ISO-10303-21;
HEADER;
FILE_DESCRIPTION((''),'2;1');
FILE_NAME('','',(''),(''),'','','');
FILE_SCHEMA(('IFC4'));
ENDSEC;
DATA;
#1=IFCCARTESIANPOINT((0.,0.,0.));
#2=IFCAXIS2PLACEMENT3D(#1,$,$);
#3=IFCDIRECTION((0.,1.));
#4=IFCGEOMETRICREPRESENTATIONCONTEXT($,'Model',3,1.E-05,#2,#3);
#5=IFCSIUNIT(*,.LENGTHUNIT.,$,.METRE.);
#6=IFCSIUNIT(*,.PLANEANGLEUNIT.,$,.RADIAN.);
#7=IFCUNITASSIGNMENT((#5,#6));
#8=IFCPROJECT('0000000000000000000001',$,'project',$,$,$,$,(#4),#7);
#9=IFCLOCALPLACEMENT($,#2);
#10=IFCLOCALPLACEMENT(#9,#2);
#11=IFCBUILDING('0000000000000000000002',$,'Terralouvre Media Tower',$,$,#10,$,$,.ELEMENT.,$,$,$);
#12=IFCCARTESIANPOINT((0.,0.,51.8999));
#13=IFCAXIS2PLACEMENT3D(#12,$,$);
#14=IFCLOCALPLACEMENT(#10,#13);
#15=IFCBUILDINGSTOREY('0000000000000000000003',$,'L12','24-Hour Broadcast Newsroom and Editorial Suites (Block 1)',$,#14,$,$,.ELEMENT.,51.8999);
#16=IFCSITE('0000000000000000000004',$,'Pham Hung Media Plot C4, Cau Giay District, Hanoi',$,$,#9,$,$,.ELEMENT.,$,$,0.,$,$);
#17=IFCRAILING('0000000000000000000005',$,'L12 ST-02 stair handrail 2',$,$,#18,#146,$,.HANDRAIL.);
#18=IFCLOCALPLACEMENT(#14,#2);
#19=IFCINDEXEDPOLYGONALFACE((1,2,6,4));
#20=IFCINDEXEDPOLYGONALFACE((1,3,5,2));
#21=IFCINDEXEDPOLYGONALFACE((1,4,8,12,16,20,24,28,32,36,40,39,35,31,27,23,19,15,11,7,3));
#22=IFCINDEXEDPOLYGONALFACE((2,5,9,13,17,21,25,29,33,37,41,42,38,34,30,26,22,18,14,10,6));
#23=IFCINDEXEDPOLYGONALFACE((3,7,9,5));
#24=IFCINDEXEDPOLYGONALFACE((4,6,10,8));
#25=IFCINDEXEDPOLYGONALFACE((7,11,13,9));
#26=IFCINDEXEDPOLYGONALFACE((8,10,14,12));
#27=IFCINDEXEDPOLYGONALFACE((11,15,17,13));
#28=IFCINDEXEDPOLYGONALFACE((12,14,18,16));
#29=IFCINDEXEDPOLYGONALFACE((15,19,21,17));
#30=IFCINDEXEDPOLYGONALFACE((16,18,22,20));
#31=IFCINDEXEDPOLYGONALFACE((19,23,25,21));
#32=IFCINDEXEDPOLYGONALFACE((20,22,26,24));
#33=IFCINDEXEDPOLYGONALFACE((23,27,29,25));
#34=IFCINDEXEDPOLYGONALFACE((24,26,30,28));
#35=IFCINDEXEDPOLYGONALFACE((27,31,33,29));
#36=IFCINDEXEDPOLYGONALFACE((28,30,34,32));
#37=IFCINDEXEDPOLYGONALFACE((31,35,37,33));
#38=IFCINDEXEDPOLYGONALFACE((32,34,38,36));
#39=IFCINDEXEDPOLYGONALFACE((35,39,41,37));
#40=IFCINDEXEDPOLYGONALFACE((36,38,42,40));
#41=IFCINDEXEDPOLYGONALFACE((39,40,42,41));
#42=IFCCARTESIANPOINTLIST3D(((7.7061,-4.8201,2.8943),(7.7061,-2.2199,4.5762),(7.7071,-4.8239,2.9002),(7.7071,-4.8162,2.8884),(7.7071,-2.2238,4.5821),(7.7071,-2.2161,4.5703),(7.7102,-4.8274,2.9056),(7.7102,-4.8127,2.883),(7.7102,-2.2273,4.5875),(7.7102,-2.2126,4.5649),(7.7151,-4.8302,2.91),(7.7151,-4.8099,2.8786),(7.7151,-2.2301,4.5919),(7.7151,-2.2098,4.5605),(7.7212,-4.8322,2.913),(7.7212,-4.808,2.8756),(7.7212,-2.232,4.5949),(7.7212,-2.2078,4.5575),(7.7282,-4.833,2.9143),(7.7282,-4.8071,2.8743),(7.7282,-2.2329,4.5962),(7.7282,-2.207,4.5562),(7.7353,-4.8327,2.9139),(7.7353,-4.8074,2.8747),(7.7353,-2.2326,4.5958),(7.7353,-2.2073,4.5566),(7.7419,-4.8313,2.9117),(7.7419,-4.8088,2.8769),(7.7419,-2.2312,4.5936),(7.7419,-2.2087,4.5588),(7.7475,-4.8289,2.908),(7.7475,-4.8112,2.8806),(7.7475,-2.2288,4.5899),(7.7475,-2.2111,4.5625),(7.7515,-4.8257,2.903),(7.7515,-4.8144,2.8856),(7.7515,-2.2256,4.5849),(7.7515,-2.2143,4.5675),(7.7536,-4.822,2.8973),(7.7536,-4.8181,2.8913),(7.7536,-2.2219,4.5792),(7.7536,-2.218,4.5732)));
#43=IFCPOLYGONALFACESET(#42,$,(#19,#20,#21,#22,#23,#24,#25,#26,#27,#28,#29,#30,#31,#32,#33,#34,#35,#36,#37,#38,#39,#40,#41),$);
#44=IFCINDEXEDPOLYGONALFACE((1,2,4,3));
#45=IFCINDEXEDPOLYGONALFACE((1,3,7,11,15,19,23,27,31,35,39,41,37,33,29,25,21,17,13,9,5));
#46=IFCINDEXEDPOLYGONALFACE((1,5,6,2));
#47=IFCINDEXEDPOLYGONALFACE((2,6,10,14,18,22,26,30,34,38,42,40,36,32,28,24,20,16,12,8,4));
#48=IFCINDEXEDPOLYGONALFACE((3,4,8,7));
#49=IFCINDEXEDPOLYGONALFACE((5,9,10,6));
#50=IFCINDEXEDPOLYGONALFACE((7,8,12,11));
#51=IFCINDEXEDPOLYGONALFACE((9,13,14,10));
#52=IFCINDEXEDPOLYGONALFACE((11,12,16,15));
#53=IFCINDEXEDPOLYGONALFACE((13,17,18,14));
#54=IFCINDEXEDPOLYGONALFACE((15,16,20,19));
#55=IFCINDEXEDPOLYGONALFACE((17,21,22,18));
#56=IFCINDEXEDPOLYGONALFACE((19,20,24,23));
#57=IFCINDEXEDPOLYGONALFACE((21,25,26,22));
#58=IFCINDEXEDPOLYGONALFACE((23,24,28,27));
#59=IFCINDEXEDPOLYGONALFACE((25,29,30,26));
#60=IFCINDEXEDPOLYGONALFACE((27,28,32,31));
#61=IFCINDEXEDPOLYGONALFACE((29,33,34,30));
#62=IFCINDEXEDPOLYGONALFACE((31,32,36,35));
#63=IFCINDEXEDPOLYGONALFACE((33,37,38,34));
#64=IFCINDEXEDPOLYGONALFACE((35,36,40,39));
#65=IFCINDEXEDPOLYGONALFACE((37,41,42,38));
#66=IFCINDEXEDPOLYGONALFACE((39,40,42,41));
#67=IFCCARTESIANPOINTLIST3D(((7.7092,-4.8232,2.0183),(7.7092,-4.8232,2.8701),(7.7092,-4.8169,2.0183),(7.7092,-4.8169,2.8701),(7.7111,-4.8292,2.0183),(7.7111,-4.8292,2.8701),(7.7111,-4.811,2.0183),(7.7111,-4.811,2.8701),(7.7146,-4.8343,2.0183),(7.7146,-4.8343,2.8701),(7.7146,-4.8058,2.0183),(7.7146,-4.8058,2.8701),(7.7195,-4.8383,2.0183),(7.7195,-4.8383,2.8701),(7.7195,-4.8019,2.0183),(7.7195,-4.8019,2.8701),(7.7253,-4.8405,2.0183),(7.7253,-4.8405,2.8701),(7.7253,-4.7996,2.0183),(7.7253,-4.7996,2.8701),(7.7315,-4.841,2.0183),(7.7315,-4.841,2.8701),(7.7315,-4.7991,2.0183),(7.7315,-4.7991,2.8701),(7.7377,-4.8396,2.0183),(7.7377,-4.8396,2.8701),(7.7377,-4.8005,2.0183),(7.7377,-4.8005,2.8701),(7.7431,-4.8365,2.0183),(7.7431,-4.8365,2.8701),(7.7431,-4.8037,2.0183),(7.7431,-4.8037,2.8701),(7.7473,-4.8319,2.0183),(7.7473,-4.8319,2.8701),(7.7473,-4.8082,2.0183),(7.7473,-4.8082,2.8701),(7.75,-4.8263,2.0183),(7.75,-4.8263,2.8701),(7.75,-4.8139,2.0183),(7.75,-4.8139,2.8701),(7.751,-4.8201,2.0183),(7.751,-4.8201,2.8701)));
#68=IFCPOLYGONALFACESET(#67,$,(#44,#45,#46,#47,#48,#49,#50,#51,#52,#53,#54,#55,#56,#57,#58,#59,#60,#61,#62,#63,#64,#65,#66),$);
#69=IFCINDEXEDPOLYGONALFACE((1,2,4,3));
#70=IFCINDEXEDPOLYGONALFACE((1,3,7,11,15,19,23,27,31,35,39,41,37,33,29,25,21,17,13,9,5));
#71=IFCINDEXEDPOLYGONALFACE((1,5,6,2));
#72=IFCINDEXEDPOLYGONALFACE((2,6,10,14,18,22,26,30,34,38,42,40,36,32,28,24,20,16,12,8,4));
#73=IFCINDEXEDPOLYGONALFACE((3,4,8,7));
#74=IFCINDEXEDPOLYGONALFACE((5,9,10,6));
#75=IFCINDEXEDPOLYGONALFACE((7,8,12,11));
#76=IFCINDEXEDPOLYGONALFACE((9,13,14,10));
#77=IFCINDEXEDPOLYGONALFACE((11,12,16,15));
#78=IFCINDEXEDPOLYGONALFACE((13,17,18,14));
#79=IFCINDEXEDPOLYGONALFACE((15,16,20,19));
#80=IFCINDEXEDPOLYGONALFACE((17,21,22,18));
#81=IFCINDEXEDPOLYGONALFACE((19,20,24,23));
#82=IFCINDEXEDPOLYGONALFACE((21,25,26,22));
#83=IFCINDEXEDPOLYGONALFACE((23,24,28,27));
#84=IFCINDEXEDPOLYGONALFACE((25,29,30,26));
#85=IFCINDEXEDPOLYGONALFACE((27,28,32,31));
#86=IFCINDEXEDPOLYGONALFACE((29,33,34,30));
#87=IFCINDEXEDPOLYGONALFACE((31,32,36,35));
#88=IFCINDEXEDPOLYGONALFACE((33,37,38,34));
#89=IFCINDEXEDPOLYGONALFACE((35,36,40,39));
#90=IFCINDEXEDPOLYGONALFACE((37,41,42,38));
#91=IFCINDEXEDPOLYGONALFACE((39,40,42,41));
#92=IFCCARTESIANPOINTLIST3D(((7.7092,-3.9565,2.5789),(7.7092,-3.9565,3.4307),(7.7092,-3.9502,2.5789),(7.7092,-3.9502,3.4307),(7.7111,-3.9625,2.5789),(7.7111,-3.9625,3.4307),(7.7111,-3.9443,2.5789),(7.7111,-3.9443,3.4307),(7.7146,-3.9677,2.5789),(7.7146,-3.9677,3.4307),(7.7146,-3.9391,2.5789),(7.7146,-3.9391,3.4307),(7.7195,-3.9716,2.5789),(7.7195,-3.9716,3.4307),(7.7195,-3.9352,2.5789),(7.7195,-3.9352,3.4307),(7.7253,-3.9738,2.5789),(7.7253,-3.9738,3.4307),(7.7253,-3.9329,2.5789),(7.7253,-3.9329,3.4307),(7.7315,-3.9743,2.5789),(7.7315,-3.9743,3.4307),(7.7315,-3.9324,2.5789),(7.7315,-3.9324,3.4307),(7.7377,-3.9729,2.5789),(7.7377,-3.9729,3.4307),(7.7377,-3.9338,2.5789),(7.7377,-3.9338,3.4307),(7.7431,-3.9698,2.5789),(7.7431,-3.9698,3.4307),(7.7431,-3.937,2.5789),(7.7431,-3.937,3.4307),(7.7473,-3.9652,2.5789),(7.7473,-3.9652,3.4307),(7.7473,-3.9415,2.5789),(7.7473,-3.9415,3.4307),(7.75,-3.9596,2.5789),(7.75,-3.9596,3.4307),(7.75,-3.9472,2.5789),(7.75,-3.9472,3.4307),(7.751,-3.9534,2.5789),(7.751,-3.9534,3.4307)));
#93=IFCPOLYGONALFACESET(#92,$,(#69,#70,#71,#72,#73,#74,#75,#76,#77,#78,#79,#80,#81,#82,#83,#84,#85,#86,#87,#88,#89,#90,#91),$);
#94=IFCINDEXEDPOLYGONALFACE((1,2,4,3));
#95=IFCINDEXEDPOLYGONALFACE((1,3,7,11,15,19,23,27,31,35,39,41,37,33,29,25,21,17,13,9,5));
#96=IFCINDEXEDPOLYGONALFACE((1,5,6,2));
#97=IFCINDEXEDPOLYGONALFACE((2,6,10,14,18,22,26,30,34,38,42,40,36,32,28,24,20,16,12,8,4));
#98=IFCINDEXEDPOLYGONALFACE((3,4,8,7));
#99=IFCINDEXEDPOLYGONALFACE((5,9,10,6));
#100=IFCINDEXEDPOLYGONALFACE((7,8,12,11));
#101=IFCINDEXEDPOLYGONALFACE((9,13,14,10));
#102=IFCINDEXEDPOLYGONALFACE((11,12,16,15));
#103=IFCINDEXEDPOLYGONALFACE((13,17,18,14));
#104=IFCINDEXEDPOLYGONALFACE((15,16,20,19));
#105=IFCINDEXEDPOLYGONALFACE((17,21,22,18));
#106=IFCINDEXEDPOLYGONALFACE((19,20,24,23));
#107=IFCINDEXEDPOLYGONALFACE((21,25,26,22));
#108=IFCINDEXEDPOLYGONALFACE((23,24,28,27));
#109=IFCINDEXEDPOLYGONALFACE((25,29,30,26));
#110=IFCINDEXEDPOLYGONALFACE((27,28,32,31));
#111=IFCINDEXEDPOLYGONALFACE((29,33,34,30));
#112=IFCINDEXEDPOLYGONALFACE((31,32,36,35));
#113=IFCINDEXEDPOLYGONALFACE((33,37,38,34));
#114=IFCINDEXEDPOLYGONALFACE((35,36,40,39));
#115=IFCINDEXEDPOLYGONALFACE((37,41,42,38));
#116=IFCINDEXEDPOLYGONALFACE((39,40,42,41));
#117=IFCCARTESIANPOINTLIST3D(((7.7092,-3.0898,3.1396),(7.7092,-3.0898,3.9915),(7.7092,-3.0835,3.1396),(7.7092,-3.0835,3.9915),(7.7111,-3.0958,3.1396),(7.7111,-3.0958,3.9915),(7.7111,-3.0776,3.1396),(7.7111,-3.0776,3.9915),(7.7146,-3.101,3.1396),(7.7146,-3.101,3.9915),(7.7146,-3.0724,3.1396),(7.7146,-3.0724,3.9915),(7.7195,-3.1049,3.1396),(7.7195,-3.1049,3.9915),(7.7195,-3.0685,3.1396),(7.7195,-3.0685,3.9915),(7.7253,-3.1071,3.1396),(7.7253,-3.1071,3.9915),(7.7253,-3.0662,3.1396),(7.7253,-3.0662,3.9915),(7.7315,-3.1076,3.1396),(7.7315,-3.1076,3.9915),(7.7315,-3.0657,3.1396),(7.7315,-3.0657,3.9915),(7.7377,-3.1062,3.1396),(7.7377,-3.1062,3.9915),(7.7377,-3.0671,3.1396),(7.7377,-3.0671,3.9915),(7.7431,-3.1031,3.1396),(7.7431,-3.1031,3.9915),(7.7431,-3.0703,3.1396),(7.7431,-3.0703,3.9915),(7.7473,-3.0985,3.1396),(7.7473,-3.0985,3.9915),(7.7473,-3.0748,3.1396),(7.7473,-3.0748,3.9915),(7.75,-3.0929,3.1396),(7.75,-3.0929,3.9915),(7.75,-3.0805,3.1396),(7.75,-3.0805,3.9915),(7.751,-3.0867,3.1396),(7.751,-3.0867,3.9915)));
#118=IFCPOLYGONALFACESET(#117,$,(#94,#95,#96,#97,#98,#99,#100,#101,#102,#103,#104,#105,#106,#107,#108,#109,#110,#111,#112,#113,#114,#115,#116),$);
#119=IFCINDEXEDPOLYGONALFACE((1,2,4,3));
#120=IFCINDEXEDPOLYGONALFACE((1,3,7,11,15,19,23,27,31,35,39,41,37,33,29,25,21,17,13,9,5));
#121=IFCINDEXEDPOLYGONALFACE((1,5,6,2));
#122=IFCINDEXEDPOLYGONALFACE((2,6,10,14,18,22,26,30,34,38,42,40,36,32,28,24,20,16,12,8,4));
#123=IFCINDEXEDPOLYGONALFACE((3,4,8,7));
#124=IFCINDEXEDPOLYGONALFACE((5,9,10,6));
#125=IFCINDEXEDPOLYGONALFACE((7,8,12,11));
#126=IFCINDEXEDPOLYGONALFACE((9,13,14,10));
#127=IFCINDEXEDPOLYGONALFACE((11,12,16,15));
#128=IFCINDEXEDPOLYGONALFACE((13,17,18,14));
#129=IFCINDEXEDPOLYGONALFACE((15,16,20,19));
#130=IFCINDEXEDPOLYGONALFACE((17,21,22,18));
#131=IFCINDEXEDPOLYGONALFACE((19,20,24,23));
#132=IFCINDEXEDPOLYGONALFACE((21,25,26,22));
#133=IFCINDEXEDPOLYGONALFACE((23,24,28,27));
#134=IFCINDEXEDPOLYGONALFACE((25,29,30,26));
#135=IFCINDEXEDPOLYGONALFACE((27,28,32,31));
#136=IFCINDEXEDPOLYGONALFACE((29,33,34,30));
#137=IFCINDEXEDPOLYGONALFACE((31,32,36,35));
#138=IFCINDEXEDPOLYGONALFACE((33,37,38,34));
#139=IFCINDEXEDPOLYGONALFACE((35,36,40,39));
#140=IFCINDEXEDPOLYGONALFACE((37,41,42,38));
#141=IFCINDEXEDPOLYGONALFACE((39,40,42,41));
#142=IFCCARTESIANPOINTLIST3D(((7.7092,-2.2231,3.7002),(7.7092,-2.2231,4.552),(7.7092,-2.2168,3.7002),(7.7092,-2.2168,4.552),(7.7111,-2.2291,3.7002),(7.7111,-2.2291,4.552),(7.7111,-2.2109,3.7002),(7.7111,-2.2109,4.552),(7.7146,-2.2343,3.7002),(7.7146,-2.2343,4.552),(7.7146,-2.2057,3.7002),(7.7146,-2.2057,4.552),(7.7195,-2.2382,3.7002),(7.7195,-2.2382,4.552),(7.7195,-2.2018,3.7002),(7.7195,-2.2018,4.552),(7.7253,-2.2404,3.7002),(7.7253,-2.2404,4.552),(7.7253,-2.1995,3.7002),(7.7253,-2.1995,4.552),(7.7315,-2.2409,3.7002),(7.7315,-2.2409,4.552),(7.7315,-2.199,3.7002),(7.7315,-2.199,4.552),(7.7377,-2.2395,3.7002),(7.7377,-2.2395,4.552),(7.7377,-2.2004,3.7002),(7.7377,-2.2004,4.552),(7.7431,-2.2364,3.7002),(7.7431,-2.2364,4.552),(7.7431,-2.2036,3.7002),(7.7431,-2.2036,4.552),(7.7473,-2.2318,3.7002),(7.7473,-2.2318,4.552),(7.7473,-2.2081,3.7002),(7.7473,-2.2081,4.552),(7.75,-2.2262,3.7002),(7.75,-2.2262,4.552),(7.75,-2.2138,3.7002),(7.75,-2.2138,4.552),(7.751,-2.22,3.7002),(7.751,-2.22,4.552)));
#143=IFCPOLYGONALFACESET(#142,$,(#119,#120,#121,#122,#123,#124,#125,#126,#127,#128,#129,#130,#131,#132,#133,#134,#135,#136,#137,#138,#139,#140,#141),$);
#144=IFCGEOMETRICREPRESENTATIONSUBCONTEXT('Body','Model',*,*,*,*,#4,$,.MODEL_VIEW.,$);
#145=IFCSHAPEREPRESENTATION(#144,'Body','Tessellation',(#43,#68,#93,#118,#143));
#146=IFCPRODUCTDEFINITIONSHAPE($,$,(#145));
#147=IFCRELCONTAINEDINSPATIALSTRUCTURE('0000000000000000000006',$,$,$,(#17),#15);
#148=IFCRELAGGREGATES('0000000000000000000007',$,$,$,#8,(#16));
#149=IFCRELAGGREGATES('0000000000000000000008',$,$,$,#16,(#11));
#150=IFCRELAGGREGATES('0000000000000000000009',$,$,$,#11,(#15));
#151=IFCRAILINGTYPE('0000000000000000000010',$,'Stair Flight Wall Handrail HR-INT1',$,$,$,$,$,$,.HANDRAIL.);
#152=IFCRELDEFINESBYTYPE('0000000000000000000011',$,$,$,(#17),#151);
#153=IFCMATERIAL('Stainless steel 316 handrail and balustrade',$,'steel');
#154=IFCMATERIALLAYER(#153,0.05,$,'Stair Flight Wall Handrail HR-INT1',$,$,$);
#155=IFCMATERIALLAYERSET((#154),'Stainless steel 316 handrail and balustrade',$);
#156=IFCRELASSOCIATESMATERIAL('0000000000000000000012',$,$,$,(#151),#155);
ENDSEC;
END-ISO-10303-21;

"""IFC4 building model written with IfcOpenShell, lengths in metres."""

from ifc_helpers import new_model, si_unit, direction, frame, origin, origin_2d, place, context, subcontext, project, spatial, circle, extrude, material, layer, layer_set, type_object, element, save


model = new_model("IFC4")

# Units and contexts
model_context = context("Model", 3, precision=1e-05, world=origin(), true_north=direction((0.0, 1.0)))
body_context = subcontext(model_context, "Body", "Model", "MODEL_VIEW")
ifc_project = project(units=[si_unit("LENGTHUNIT", "METRE"), si_unit("PLANEANGLEUNIT", "RADIAN")], contexts=[model_context])

# Site, building, storey
site_placement = place(None, origin())
site = spatial("IfcSite", under=ifc_project, at=site_placement, Name="Pham Hung Media Plot C4, Cau Giay District, Hanoi", CompositionType="ELEMENT", RefElevation=0.0)
building_placement = place(site_placement, origin())
building = spatial("IfcBuilding", under=site, at=building_placement, Name="Terralouvre Media Tower", CompositionType="ELEMENT")
storey_placement = place(building_placement, frame((0.0, 0.0, 51.8999)))
storey = spatial("IfcBuildingStorey", under=building, at=storey_placement, Name="L12", Description="24-Hour Broadcast Newsroom and Editorial Suites (Block 1)", CompositionType="ELEMENT", Elevation=51.8999)

# Railing
ifc_material_1 = material(Name="Stainless steel 316 handrail and balustrade", Category="steel")
ifc_layer_1 = layer(ifc_material_1, 0.05, Name="Stair Flight Wall Handrail HR-INT1")
ifc_layer_set_1 = layer_set([ifc_layer_1], Name="Stainless steel 316 handrail and balustrade")
railing_type_1 = type_object("IfcRailingType", Name="Stair Flight Wall Handrail HR-INT1", PredefinedType="HANDRAIL", material=ifc_layer_set_1)
railing_1_placement = place(storey_placement, frame((7.73, -4.8201, 2.0183)))
element("IfcRailing", 1, at=railing_1_placement, inside=storey, type_object=railing_type_1, Name="L12 ST-02 stair handrail 2", PredefinedType="HANDRAIL", context=body_context, shape_type="SweptSolid", body=[
    extrude(circle(Radius=0.0239, at=origin_2d()), frame((0.0, 0.0, 0.876), z_axis=(0.0, 0.839648, 0.54313), x_axis=(-1.0, 0.0, 0.0)), (0.0, 0.0, 1.0), 3.0967),
    extrude(circle(Radius=0.021, at=origin_2d()), origin(), (0.0, 0.0, 1.0), 0.8518),
    extrude(circle(Radius=0.021, at=origin_2d()), frame((0.0, 0.8667, 0.5605)), (0.0, 0.0, 1.0), 0.8518),
    extrude(circle(Radius=0.021, at=origin_2d()), frame((0.0, 1.7334, 1.1213)), (0.0, 0.0, 1.0), 0.8518),
    extrude(circle(Radius=0.021, at=origin_2d()), frame((0.0, 2.6001, 1.6819)), (0.0, 0.0, 1.0), 0.8518),
])

save(model, "model.ifc")
